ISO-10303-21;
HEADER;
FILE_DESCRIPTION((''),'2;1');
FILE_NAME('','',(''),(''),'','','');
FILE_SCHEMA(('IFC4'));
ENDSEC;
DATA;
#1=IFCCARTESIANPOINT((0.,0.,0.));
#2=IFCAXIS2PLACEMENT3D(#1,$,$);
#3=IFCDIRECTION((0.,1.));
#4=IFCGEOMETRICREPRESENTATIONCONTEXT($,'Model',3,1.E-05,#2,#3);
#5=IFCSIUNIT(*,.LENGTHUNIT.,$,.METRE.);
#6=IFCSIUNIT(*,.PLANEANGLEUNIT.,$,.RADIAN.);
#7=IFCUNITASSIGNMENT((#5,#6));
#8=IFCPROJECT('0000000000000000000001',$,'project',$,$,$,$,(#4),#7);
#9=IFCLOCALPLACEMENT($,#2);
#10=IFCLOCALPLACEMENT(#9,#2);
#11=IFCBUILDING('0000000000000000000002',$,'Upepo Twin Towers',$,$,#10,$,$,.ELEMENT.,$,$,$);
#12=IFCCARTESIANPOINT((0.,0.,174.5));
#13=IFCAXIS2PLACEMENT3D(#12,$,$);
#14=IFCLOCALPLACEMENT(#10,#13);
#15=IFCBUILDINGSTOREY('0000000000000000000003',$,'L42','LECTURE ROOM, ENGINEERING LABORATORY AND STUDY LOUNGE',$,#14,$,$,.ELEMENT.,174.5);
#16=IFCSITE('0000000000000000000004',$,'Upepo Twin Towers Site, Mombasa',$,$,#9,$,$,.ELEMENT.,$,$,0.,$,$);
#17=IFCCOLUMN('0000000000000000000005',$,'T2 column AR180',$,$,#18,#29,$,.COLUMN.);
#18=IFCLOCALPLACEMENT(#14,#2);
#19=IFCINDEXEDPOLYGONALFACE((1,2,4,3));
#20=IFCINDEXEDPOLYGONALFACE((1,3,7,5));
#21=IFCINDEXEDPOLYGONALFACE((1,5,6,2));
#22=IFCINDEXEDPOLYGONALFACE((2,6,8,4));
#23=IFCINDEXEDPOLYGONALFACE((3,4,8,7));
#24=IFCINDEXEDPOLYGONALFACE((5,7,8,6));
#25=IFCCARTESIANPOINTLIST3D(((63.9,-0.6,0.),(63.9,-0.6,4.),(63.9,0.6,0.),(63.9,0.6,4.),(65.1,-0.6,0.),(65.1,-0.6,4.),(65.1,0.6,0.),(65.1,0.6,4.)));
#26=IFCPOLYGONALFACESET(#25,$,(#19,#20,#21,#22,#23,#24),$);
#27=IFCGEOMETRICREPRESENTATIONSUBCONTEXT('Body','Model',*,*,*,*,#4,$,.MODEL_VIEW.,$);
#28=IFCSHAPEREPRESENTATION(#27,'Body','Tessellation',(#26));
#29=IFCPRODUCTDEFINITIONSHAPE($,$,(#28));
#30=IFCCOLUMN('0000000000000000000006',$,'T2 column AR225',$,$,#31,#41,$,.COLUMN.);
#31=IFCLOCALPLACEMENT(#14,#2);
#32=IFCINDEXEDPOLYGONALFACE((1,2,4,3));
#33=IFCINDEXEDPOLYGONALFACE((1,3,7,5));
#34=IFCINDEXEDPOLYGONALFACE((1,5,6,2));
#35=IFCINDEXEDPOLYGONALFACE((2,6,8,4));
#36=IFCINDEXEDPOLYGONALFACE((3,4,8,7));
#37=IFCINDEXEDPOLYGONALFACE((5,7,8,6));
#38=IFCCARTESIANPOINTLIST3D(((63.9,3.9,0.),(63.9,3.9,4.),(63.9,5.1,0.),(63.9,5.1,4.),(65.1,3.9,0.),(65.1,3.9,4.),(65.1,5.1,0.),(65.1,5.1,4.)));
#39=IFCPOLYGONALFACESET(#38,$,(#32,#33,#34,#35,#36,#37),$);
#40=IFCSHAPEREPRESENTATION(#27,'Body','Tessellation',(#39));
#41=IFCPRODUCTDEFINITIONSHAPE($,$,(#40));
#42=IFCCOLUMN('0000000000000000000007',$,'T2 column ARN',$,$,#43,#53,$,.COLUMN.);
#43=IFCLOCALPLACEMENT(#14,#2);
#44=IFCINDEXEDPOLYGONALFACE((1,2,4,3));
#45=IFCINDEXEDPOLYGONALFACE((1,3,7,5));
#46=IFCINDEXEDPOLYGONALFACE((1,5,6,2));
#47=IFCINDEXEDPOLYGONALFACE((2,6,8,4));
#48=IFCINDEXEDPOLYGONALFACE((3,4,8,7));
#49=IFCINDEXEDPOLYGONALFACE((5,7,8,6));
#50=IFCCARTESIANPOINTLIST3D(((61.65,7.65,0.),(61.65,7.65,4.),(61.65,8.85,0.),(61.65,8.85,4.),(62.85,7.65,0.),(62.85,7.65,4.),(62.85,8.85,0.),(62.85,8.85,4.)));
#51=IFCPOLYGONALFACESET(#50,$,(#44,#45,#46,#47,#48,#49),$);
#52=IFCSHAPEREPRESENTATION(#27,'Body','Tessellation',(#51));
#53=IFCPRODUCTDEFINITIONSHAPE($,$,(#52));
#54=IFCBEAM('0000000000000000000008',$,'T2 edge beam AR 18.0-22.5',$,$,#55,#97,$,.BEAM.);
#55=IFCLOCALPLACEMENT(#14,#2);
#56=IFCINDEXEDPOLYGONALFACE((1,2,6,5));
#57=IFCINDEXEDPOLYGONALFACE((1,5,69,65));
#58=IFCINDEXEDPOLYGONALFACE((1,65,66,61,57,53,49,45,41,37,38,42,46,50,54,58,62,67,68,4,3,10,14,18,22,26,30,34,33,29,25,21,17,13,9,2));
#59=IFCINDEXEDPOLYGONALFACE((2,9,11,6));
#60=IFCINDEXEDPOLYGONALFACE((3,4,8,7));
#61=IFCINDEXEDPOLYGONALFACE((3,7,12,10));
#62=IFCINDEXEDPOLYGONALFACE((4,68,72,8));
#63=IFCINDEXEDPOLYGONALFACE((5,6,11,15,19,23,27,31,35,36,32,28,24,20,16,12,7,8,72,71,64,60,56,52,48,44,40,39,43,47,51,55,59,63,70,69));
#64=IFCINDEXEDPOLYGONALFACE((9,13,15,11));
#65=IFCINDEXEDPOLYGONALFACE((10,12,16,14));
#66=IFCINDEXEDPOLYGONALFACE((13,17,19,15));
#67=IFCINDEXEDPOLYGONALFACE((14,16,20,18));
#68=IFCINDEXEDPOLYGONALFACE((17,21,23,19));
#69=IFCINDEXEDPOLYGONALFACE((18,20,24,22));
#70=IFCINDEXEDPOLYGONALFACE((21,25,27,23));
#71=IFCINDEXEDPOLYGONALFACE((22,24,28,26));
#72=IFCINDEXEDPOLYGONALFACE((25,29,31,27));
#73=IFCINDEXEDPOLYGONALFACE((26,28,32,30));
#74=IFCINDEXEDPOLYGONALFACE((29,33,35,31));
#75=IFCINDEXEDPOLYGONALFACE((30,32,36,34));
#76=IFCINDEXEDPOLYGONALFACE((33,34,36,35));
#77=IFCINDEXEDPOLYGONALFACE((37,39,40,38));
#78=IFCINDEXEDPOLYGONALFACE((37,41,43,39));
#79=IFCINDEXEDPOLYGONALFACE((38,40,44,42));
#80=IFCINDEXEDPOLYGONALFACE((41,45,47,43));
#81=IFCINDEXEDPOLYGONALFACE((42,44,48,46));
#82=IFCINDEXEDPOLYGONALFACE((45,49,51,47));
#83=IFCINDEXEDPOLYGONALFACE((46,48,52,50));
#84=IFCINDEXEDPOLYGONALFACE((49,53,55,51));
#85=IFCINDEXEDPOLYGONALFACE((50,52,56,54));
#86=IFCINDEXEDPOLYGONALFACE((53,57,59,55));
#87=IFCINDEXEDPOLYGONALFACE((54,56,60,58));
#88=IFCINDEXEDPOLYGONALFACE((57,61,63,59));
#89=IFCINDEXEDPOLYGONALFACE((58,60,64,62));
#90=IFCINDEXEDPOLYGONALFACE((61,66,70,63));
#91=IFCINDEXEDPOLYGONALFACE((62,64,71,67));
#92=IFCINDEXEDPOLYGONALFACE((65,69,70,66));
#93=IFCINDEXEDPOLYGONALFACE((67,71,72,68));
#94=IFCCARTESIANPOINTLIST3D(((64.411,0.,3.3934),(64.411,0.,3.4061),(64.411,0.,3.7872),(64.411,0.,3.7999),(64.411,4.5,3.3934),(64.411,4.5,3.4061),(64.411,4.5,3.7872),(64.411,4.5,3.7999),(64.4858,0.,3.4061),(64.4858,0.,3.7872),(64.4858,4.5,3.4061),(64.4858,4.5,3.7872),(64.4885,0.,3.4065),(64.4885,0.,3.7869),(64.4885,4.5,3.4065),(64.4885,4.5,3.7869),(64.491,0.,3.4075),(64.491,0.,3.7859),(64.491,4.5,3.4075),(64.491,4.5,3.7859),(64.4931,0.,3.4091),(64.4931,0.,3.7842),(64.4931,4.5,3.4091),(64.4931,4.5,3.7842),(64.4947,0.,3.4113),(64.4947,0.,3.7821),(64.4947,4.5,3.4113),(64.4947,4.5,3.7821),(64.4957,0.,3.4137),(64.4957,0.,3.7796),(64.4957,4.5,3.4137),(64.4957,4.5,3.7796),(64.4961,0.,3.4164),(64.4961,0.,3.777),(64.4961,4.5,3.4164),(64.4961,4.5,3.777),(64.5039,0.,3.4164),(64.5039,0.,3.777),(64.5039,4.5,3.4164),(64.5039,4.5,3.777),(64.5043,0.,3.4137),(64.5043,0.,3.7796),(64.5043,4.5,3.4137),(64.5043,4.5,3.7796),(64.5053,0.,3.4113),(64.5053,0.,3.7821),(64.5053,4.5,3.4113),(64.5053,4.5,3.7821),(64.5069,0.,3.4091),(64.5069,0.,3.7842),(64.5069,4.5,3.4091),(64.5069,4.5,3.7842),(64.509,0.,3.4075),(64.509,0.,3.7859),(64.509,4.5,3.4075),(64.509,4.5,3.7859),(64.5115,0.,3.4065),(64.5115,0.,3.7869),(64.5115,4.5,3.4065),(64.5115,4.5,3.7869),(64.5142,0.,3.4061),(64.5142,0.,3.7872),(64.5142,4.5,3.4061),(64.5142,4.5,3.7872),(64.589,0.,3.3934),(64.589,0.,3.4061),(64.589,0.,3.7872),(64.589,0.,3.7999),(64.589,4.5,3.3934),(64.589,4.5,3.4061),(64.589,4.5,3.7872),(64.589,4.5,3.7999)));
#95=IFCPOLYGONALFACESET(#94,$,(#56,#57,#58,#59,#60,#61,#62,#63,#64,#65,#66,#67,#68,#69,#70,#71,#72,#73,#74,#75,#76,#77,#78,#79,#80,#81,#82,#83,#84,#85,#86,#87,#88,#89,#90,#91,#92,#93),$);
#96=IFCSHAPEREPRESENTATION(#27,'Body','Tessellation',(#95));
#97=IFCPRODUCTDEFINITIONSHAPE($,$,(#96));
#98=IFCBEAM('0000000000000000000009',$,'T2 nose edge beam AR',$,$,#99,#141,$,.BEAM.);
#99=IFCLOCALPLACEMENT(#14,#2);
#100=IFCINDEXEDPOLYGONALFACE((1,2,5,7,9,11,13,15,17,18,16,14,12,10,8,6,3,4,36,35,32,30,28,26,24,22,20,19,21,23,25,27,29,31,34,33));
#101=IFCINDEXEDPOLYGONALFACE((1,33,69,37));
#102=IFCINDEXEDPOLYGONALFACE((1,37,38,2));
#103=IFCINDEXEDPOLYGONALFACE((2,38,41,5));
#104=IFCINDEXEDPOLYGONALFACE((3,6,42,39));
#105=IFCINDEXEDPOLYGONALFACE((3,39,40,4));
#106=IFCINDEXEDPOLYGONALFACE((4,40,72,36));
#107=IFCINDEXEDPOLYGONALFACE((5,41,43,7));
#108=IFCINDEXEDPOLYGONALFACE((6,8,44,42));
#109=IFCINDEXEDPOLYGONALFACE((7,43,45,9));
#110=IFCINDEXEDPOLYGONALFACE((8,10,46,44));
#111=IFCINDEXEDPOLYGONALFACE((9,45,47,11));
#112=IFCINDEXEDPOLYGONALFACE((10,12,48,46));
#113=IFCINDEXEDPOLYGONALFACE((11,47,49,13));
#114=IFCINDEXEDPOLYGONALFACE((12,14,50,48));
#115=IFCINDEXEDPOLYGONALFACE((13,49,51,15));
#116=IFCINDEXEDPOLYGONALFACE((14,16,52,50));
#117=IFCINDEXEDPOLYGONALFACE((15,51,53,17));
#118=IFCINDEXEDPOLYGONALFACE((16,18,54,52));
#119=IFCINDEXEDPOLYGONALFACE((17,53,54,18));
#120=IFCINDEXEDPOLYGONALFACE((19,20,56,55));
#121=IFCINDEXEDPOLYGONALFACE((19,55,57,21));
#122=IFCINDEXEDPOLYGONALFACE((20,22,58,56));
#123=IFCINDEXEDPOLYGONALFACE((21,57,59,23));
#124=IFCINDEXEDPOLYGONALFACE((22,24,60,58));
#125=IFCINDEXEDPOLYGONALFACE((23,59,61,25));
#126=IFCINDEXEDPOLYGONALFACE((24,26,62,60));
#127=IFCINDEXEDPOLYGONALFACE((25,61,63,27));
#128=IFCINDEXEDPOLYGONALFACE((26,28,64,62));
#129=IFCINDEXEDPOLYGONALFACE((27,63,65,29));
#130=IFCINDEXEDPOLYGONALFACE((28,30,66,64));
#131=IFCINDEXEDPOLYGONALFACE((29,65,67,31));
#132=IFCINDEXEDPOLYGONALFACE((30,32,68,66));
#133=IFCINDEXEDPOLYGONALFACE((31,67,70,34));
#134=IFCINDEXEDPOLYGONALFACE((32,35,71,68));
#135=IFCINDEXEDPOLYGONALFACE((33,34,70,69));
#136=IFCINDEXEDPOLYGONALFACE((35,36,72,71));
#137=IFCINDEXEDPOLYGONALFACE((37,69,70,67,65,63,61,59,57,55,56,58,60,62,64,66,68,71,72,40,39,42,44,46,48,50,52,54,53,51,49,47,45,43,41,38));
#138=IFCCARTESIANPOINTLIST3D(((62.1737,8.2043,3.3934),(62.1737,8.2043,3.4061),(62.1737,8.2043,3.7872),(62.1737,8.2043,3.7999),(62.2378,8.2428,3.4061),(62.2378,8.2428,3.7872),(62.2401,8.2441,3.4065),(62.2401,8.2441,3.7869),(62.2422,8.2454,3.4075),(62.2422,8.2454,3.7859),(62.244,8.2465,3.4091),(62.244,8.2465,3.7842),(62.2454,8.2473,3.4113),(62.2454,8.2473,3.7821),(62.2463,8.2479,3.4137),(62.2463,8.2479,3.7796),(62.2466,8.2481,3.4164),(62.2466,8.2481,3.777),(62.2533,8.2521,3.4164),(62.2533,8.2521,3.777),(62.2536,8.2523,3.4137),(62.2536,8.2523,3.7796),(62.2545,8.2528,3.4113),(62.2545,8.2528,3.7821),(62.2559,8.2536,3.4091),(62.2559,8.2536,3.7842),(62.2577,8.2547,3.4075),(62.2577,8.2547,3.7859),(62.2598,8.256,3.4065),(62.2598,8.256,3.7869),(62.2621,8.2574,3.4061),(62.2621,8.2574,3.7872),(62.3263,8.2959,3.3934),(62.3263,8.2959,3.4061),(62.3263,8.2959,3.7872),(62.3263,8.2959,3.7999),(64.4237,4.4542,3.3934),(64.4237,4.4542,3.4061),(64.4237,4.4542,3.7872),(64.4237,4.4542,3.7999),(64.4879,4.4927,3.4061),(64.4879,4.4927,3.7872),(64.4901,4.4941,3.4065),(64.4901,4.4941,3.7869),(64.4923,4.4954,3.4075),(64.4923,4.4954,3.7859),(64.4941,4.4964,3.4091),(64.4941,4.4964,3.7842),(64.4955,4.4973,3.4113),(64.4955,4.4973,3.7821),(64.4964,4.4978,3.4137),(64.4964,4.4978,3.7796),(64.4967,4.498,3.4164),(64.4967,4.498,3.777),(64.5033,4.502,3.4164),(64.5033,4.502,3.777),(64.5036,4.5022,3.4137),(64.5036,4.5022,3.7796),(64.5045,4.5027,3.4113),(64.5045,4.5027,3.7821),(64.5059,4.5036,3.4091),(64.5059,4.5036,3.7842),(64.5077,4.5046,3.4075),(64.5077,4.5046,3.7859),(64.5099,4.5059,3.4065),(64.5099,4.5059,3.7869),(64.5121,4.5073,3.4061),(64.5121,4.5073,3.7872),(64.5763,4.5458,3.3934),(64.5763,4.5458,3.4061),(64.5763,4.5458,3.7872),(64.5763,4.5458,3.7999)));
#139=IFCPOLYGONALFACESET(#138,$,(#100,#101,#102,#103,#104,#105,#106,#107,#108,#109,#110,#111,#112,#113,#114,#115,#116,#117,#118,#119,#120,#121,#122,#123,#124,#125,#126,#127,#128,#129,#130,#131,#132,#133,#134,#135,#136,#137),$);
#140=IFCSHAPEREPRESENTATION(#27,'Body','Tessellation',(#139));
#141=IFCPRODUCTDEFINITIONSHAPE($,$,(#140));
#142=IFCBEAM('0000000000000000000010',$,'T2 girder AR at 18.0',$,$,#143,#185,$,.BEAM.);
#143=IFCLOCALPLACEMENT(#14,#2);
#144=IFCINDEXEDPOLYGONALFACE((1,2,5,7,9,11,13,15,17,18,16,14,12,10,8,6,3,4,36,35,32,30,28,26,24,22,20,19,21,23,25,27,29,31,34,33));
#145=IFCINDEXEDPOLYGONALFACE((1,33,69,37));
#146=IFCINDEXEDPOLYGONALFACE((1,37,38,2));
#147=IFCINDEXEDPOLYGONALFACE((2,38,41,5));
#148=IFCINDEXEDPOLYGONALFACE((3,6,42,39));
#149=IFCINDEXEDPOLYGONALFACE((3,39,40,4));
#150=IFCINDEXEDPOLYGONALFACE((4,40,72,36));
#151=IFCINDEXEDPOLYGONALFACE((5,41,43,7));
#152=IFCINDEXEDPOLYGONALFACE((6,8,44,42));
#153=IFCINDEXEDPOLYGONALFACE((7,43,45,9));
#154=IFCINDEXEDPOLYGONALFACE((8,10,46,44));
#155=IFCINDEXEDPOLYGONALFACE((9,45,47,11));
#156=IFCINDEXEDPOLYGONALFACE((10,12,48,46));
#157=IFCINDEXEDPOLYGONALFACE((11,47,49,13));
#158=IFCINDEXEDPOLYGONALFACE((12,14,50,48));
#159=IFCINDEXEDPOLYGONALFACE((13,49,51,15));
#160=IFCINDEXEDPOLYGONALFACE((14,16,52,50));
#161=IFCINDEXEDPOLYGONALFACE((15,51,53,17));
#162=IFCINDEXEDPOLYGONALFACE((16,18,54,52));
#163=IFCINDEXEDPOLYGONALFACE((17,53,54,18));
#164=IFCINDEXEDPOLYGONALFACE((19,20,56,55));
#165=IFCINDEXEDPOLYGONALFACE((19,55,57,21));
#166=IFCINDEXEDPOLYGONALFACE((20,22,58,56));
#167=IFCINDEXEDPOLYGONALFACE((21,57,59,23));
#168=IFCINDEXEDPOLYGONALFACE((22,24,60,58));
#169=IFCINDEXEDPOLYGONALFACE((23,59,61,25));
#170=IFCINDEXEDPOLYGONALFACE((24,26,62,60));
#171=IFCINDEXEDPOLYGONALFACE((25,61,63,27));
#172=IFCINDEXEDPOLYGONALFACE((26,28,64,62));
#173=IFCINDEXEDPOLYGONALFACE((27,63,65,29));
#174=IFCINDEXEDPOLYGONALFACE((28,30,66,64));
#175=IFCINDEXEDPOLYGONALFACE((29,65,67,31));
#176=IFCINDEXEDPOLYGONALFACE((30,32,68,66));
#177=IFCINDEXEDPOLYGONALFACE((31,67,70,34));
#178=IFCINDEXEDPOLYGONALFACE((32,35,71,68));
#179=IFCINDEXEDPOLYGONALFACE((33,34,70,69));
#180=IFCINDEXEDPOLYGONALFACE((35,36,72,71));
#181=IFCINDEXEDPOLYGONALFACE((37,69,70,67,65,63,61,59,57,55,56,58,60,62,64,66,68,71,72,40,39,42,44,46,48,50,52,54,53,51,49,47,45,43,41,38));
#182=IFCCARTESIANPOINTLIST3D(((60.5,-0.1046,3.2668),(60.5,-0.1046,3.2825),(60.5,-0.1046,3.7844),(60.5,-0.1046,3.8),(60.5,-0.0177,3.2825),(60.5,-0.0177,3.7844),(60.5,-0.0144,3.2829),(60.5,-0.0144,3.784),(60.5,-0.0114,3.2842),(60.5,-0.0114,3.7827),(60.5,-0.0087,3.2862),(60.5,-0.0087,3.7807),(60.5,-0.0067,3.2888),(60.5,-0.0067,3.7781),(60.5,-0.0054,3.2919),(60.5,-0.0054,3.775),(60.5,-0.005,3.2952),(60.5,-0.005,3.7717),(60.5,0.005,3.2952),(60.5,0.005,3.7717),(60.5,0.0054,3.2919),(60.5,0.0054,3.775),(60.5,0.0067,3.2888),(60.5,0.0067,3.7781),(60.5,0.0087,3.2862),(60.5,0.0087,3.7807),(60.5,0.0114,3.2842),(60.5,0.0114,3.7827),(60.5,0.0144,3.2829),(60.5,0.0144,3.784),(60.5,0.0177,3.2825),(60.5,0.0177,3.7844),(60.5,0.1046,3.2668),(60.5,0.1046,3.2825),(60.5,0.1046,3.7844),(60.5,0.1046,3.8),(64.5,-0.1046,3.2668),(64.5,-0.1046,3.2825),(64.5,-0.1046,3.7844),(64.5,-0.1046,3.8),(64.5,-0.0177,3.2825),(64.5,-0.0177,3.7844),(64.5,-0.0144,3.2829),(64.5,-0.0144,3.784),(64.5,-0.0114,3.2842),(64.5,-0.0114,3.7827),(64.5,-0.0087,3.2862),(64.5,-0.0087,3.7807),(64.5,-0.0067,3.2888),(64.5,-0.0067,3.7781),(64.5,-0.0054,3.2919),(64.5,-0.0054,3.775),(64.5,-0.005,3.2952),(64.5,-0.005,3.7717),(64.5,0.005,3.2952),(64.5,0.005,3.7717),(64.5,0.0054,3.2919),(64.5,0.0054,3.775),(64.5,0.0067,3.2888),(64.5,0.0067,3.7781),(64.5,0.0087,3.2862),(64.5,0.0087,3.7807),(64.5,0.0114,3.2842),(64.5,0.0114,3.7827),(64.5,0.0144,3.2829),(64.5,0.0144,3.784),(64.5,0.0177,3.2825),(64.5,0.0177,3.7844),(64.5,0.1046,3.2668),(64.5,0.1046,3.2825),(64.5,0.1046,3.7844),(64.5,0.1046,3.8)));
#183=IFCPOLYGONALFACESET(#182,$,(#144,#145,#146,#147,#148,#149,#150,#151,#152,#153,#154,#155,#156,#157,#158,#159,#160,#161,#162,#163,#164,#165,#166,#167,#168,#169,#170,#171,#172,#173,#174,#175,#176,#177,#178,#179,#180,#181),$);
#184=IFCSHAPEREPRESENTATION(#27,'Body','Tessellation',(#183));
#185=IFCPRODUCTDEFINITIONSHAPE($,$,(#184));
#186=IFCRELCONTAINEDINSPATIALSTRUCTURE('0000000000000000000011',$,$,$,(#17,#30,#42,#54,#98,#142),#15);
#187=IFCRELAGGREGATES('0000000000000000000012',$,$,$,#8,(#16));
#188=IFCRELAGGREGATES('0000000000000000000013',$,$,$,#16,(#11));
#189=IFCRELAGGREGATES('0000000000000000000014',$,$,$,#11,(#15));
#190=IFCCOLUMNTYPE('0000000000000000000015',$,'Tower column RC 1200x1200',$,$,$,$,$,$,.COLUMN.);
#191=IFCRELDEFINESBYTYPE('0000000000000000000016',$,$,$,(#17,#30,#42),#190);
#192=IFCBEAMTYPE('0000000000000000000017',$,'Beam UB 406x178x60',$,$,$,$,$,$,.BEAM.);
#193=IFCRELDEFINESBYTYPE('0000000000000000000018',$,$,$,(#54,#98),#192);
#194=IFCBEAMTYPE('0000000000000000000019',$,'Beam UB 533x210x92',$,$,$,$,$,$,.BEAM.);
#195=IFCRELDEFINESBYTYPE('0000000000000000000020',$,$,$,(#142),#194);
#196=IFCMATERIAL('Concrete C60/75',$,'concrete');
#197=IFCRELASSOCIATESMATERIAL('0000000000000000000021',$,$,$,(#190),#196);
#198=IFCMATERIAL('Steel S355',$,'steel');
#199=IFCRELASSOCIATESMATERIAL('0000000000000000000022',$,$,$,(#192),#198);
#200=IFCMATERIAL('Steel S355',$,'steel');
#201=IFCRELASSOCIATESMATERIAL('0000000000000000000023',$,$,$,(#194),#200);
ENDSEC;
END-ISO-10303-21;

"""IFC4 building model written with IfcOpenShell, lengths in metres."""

from ifc_helpers import new_model, si_unit, direction, frame, origin, origin_2d, place, context, subcontext, project, spatial, rectangle, i_section, extrude, material, material_profile, profile_set, type_object, element, save


model = new_model("IFC4")

# Units and contexts
model_context = context("Model", 3, precision=1e-05, world=origin(), true_north=direction((0.0, 1.0)))
body_context = subcontext(model_context, "Body", "Model", "MODEL_VIEW")
ifc_project = project(units=[si_unit("LENGTHUNIT", "METRE"), si_unit("PLANEANGLEUNIT", "RADIAN")], contexts=[model_context])

# Site, building, storey
site_placement = place(None, origin())
site = spatial("IfcSite", under=ifc_project, at=site_placement, Name="Upepo Twin Towers Site, Mombasa", CompositionType="ELEMENT", RefElevation=0.0)
building_placement = place(site_placement, origin())
building = spatial("IfcBuilding", under=site, at=building_placement, Name="Upepo Twin Towers", CompositionType="ELEMENT")
storey_placement = place(building_placement, frame((0.0, 0.0, 174.5)))
storey = spatial("IfcBuildingStorey", under=building, at=storey_placement, Name="L42", Description="LECTURE ROOM, ENGINEERING LABORATORY AND STUDY LOUNGE", CompositionType="ELEMENT", Elevation=174.5)

# Columns
ifc_material_1 = material(Name="Concrete C60/75", Category="concrete")
ifc_material_profile_1 = material_profile(ifc_material_1, rectangle(XDim=1.2, YDim=1.2, at=origin_2d()), Name="RC 1200x1200")
ifc_profile_set_1 = profile_set([ifc_material_profile_1], Name="Concrete C60/75")
column_type = type_object("IfcColumnType", Name="Tower column RC 1200x1200", PredefinedType="COLUMN", material=ifc_profile_set_1)
for number, where, z_axis, x_axis, name in (
    (1, (64.5, 0.0, 0.0), (0.0, 0.0, 1.0), (1.0, 0.0, 0.0), "T2 column AR180"),
    (2, (64.5, 4.5, 0.0), (0.0, 0.0, 1.0), (1.0, 0.0, 0.0), "T2 column AR225"),
    (3, (62.25, 8.25, 0.0), (0.0, 0.0, 1.0), (1.0, 0.0, 0.0), "T2 column ARN"),
):
    element("IfcColumn", number, at=place(storey_placement, frame(where, z_axis=z_axis, x_axis=x_axis)), inside=storey, type_object=column_type, Name=name, PredefinedType="COLUMN", context=body_context, shape_type="SweptSolid", body=[
        extrude(rectangle(XDim=1.2, YDim=1.2, at=origin_2d()), origin(), (0.0, 0.0, 1.0), 4.0),
    ])

# Beams
ifc_material_2 = material(Name="Steel S355", Category="steel")
ifc_material_profile_2 = material_profile(ifc_material_2, i_section(OverallWidth=0.178, OverallDepth=0.4065, WebThickness=0.0078, FlangeThickness=0.0127, FilletRadius=0.0103, at=origin_2d()), Name="UB 406x178x60")
ifc_profile_set_2 = profile_set([ifc_material_profile_2], Name="Steel S355")
beam_type_1 = type_object("IfcBeamType", Name="Beam UB 406x178x60", PredefinedType="BEAM", material=ifc_profile_set_2)
beam_1_placement = place(storey_placement, frame((64.5, 0.0, 3.5967), z_axis=(0.0, 1.0, 0.0), x_axis=(-1.0, 0.0, 0.0)))
element("IfcBeam", 4, at=beam_1_placement, inside=storey, type_object=beam_type_1, Name="T2 edge beam AR 18.0-22.5", PredefinedType="BEAM", context=body_context, shape_type="SweptSolid", body=[
    extrude(i_section(OverallWidth=0.178, OverallDepth=0.4065, WebThickness=0.0078, FlangeThickness=0.0127, FilletRadius=0.0103, at=origin_2d()), origin(), (0.0, 0.0, 1.0), 4.5),
])
beam_2_placement = place(storey_placement, frame((64.5, 4.5, 3.5967), z_axis=(-0.514496, 0.857493, 0.0), x_axis=(-0.857493, -0.514496, 0.0)))
element("IfcBeam", 5, at=beam_2_placement, inside=storey, type_object=beam_type_1, Name="T2 nose edge beam AR", PredefinedType="BEAM", context=body_context, shape_type="SweptSolid", body=[
    extrude(i_section(OverallWidth=0.178, OverallDepth=0.4065, WebThickness=0.0078, FlangeThickness=0.0127, FilletRadius=0.0103, at=origin_2d()), origin(), (0.0, 0.0, 1.0), 4.3733),
])
ifc_material_3 = material(Name="Steel S355", Category="steel")
ifc_material_profile_3 = material_profile(ifc_material_3, i_section(OverallWidth=0.2092, OverallDepth=0.5332, WebThickness=0.01, FlangeThickness=0.0156, FilletRadius=0.0127, at=origin_2d()), Name="UB 533x210x92")
ifc_profile_set_3 = profile_set([ifc_material_profile_3], Name="Steel S355")
beam_type_2 = type_object("IfcBeamType", Name="Beam UB 533x210x92", PredefinedType="BEAM", material=ifc_profile_set_3)
for number, where, z_axis, x_axis, name in (
    (6, (64.5, 0.0, 3.5334), (-1.0, 0.0, 0.0), (0.0, -1.0, 0.0), "T2 girder AR at 18.0"),
):
    element("IfcBeam", number, at=place(storey_placement, frame(where, z_axis=z_axis, x_axis=x_axis)), inside=storey, type_object=beam_type_2, Name=name, PredefinedType="BEAM", context=body_context, shape_type="SweptSolid", body=[
        extrude(i_section(OverallWidth=0.2092, OverallDepth=0.5332, WebThickness=0.01, FlangeThickness=0.0156, FilletRadius=0.0127, at=origin_2d()), origin(), (0.0, 0.0, 1.0), 4.0),
    ])

save(model, "model.ifc")
